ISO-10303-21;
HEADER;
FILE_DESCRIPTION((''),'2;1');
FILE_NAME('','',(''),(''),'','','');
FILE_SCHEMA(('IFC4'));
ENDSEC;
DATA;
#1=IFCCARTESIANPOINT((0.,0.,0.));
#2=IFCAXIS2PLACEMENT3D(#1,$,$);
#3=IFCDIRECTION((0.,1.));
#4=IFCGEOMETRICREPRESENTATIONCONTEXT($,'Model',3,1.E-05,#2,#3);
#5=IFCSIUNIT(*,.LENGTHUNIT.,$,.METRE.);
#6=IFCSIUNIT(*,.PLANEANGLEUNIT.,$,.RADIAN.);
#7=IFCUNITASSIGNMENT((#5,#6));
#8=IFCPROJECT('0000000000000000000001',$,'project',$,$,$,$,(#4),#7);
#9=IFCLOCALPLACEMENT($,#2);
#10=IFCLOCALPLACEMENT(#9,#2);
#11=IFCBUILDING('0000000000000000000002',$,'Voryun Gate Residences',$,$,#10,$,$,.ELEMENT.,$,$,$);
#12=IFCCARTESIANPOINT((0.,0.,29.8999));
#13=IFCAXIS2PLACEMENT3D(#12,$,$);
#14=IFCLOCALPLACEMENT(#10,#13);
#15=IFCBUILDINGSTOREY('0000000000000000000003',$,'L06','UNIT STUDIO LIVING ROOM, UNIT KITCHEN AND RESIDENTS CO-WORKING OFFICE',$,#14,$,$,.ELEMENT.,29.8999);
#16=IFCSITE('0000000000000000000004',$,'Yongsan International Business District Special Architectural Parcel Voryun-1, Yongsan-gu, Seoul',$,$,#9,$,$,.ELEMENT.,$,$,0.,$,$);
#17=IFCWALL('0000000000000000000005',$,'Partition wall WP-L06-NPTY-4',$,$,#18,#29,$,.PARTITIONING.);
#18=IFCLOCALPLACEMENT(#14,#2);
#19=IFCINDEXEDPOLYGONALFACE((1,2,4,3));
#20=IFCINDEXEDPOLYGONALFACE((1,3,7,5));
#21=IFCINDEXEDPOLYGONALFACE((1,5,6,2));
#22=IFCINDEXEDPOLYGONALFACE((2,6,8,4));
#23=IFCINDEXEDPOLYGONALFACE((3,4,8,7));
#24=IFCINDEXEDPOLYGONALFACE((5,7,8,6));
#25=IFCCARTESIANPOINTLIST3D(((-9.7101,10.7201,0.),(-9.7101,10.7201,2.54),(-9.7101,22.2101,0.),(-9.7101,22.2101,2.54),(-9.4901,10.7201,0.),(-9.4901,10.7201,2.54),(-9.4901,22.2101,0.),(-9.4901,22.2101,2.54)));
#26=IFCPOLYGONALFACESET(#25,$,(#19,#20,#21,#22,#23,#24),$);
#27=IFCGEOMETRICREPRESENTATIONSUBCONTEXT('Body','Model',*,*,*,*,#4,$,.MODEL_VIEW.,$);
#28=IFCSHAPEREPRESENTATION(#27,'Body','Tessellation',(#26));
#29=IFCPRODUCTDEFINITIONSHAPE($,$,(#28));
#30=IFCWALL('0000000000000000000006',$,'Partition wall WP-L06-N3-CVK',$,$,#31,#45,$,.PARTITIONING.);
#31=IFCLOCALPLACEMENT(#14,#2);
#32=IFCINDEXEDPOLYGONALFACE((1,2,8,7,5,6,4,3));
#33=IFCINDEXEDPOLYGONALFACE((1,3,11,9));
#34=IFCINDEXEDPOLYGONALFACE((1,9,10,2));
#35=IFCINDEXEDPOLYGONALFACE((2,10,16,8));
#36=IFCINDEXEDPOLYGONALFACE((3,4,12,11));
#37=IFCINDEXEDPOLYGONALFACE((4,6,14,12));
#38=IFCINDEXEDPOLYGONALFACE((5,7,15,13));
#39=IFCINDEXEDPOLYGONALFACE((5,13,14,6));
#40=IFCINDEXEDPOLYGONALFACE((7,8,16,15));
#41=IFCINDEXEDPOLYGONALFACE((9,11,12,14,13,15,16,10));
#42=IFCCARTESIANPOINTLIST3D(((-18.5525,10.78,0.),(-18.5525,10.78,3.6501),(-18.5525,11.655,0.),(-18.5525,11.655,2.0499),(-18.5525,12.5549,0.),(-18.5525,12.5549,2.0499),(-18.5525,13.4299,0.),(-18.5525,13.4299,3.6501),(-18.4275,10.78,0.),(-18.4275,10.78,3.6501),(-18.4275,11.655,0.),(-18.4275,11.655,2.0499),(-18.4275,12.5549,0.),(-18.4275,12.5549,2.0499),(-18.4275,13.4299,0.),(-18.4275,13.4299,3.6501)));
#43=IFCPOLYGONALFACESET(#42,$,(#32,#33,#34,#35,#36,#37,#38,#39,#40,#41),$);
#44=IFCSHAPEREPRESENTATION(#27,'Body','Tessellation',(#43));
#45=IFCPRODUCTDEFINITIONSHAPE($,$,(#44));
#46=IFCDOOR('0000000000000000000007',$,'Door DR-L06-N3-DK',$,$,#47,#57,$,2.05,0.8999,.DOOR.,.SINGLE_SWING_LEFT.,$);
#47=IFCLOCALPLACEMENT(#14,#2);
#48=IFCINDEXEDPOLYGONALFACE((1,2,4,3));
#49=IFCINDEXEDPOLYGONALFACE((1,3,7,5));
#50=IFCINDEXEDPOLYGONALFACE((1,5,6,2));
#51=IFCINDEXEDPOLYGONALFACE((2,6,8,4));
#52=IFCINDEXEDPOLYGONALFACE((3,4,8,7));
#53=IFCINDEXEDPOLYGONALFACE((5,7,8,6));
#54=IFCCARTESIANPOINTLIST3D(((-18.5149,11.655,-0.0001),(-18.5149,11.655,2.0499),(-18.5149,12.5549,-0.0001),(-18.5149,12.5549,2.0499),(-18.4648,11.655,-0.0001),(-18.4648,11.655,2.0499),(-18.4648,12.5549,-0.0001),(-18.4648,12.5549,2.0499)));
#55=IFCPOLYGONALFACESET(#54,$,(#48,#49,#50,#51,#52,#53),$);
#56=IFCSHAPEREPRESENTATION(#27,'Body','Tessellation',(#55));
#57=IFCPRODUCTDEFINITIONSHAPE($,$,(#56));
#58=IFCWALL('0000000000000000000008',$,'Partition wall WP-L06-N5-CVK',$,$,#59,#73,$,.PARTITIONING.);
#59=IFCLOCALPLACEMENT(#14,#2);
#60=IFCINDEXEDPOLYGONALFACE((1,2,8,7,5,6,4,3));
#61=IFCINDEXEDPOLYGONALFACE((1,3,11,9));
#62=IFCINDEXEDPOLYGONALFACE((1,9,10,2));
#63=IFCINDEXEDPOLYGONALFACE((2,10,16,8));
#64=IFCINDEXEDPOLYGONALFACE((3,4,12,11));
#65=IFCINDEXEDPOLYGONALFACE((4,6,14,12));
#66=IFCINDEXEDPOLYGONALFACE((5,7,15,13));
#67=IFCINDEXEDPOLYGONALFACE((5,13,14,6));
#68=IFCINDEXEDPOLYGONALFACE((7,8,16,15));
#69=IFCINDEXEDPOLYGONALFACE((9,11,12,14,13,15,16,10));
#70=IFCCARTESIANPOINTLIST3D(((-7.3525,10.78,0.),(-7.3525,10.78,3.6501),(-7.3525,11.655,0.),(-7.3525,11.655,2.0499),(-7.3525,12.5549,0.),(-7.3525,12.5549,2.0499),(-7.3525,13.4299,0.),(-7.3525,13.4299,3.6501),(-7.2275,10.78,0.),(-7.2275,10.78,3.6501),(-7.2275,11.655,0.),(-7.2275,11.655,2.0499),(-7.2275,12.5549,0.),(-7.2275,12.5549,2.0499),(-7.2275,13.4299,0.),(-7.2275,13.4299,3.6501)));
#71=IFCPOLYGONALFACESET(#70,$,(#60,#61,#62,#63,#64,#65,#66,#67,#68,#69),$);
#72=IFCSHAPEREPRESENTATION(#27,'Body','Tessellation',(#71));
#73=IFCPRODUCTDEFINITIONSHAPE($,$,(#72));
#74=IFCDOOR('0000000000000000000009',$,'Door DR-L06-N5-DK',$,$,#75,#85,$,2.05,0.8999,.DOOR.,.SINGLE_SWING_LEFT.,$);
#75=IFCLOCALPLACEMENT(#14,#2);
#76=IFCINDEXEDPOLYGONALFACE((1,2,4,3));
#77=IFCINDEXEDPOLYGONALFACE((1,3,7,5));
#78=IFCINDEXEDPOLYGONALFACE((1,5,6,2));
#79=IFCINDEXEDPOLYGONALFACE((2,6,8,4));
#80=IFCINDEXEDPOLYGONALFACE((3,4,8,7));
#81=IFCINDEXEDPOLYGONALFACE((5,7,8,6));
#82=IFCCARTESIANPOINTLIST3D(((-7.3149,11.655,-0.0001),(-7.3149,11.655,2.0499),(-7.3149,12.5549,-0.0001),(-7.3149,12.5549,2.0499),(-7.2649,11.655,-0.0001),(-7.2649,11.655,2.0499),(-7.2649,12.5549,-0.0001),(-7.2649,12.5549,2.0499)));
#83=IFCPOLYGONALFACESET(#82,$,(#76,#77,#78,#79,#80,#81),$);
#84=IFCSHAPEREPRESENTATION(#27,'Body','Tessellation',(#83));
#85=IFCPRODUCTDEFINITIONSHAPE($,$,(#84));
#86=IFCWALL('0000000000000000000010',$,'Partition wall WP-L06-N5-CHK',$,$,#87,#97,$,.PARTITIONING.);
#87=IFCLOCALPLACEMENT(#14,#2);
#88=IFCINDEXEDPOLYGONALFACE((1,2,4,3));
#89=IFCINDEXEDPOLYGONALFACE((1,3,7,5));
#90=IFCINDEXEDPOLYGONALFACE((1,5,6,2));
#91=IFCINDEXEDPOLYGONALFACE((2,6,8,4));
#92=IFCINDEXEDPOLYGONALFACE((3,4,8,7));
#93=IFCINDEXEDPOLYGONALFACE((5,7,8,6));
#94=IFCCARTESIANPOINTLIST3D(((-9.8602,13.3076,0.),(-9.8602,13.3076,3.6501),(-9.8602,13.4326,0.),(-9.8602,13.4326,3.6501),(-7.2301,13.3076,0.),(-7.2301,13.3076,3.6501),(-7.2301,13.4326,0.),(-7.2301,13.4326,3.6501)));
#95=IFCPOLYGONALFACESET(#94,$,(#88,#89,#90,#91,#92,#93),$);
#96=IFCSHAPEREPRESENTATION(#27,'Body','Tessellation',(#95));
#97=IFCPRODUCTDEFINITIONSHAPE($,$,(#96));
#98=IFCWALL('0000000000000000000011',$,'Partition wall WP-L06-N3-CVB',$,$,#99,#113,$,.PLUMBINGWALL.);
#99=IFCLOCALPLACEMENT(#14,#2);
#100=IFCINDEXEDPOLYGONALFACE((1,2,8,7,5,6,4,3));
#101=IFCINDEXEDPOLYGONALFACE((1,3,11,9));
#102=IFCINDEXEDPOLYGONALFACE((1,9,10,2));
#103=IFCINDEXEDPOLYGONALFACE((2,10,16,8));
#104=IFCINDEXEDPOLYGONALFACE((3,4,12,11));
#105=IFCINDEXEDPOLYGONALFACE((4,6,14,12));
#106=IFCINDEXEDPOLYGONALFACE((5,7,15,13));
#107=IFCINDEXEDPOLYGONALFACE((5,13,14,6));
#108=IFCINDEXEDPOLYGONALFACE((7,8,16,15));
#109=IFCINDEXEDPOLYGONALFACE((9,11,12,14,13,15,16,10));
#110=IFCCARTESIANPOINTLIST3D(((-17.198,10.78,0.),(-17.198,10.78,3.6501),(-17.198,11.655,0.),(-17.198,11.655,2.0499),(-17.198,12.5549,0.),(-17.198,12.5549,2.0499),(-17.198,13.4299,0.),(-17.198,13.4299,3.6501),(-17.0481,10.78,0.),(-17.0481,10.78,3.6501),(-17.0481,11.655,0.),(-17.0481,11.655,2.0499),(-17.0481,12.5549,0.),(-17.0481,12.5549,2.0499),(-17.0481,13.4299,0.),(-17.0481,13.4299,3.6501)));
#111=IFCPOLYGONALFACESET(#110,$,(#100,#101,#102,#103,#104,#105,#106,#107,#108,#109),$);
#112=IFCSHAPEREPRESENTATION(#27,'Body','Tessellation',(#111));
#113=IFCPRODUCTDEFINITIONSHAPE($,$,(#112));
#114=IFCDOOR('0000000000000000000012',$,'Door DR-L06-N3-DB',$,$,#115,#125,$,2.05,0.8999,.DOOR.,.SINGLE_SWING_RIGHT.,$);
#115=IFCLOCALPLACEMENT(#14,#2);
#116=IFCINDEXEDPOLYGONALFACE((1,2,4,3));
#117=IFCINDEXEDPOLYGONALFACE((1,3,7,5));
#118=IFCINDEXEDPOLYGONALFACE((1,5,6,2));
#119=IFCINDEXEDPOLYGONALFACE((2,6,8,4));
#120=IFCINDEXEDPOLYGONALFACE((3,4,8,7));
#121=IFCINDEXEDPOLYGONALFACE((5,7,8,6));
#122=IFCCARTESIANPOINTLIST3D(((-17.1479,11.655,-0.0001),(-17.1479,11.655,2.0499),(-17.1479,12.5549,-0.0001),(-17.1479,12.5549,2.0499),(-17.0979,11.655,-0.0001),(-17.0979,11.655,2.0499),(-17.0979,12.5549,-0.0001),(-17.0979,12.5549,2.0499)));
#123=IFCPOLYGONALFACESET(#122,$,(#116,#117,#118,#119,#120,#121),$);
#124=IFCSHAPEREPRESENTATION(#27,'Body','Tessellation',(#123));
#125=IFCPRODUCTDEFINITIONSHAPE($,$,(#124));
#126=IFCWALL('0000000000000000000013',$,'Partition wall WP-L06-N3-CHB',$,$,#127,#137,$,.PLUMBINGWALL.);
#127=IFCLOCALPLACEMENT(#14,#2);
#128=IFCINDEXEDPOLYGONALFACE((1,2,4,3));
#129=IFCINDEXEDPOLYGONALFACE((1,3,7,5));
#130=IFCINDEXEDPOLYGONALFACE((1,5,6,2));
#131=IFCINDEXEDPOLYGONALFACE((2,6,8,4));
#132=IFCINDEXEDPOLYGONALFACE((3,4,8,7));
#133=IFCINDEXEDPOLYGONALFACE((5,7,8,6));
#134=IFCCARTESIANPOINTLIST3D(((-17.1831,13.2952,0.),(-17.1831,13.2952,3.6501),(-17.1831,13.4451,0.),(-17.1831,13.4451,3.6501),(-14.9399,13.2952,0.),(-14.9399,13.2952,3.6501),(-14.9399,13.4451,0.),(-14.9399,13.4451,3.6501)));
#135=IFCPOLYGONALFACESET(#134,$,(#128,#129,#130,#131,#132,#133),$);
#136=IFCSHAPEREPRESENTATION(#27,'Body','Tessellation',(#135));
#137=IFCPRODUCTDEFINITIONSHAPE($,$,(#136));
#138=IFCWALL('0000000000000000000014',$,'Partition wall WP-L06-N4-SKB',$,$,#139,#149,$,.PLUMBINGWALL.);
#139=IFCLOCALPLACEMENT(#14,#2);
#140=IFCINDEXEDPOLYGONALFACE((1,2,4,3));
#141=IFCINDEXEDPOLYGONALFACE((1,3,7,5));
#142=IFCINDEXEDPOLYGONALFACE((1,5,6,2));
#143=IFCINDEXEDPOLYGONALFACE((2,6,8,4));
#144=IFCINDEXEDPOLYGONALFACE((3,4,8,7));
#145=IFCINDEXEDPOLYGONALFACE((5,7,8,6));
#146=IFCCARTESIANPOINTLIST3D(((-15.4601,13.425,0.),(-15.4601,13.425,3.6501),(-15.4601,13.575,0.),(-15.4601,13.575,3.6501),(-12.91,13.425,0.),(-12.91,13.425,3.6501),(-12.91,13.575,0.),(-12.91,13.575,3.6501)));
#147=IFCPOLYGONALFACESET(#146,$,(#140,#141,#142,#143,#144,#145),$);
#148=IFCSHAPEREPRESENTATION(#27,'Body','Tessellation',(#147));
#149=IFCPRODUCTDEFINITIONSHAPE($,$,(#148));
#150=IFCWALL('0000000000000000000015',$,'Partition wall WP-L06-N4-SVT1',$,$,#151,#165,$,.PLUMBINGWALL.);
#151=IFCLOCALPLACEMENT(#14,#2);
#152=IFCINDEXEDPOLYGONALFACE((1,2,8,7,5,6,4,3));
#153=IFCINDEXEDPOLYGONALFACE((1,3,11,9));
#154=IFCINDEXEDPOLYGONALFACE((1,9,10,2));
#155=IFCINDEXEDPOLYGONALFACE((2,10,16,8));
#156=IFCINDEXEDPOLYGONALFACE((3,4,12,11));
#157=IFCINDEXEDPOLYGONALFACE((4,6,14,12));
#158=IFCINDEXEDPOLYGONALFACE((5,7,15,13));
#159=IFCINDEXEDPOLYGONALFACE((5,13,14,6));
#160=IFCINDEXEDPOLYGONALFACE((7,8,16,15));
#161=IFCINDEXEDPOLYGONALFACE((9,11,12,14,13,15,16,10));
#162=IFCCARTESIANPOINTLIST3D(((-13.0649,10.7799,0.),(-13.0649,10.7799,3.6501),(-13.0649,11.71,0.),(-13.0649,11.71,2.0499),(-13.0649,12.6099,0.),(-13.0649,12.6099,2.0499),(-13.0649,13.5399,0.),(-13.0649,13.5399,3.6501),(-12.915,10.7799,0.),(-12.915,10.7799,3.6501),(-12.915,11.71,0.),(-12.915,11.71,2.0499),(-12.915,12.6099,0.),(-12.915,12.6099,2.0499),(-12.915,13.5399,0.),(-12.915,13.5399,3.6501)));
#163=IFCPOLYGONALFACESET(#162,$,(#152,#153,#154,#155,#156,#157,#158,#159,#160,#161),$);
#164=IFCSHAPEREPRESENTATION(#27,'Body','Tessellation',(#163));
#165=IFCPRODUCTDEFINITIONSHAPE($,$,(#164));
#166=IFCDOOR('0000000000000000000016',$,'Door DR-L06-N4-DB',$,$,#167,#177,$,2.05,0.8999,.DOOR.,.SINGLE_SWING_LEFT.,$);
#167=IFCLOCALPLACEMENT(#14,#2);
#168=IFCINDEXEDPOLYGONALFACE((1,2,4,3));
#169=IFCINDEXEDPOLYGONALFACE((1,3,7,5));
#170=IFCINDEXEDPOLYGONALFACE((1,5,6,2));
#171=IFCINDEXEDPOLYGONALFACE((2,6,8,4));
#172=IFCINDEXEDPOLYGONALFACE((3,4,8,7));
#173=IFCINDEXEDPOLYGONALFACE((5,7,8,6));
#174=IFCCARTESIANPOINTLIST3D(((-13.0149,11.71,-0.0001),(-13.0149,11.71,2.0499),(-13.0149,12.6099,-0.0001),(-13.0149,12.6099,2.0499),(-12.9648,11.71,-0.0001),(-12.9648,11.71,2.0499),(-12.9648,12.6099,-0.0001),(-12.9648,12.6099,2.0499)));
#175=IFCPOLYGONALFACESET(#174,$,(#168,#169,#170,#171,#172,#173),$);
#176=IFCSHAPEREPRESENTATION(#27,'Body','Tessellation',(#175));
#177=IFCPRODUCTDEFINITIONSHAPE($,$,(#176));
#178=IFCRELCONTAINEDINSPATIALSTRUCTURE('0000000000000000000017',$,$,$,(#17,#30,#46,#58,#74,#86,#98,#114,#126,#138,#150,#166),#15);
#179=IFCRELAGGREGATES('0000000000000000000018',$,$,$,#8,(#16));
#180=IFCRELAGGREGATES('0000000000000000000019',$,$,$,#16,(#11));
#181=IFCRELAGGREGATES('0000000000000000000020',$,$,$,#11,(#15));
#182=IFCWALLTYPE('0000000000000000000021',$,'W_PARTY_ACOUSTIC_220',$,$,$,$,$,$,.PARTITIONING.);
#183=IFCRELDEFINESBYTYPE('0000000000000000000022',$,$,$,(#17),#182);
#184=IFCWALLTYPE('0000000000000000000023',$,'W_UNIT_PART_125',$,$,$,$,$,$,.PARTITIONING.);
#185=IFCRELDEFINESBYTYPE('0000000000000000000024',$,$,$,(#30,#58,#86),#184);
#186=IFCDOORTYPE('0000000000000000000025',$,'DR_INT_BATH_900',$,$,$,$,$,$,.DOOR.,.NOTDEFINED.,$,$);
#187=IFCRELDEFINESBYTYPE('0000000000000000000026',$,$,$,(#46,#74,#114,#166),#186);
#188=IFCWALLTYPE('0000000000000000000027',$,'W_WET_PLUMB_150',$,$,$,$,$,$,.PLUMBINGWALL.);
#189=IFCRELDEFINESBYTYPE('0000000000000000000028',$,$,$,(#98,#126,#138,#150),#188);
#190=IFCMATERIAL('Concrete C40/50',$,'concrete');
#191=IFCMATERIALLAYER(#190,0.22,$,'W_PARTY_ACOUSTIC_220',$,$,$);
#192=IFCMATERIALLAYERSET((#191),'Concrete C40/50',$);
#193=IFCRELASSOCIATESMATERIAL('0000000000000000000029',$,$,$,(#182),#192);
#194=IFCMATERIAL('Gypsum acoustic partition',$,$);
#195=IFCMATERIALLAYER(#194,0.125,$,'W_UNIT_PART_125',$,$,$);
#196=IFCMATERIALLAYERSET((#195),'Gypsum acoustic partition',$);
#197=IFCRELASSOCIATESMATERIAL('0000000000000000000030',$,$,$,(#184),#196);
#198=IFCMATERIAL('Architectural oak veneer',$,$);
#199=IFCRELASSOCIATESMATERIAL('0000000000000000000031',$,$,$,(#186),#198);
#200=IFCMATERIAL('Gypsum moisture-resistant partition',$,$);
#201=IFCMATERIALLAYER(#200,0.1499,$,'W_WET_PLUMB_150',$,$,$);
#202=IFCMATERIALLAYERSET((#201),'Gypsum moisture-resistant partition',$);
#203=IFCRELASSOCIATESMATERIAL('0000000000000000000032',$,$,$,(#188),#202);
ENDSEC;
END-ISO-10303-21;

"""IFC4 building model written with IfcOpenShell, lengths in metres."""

from ifc_helpers import new_model, si_unit, direction, frame, frame_2d, origin, place, context, subcontext, project, spatial, rectangle, extrude, material, layer, layer_set, type_object, element, fill, save


model = new_model("IFC4")

# Units and contexts
model_context = context("Model", 3, precision=1e-05, world=origin(), true_north=direction((0.0, 1.0)))
body_context = subcontext(model_context, "Body", "Model", "MODEL_VIEW")
ifc_project = project(units=[si_unit("LENGTHUNIT", "METRE"), si_unit("PLANEANGLEUNIT", "RADIAN")], contexts=[model_context])

# Site, building, storey
site_placement = place(None, origin())
site = spatial("IfcSite", under=ifc_project, at=site_placement, Name="Yongsan International Business District Special Architectural Parcel Voryun-1, Yongsan-gu, Seoul", CompositionType="ELEMENT", RefElevation=0.0)
building_placement = place(site_placement, origin())
building = spatial("IfcBuilding", under=site, at=building_placement, Name="Voryun Gate Residences", CompositionType="ELEMENT")
storey_placement = place(building_placement, frame((0.0, 0.0, 29.8999)))
storey = spatial("IfcBuildingStorey", under=building, at=storey_placement, Name="L06", Description="UNIT STUDIO LIVING ROOM, UNIT KITCHEN AND RESIDENTS CO-WORKING OFFICE", CompositionType="ELEMENT", Elevation=29.8999)

# Wall
ifc_material_1 = material(Name="Concrete C40/50", Category="concrete")
ifc_layer_1 = layer(ifc_material_1, 0.22, Name="W_PARTY_ACOUSTIC_220")
ifc_layer_set_1 = layer_set([ifc_layer_1], Name="Concrete C40/50")
wall_type_1 = type_object("IfcWallType", Name="W_PARTY_ACOUSTIC_220", PredefinedType="PARTITIONING", material=ifc_layer_set_1)
wall_1_placement = place(storey_placement, frame((-9.6001, 10.72, 0.0), z_axis=(0.0, 0.0, 1.0), x_axis=(0.0, 1.0, 0.0)))
element("IfcWall", 1, at=wall_1_placement, inside=storey, type_object=wall_type_1, Name="Partition wall WP-L06-NPTY-4", PredefinedType="PARTITIONING", context=body_context, shape_type="SweptSolid", body=[
    extrude(rectangle(XDim=11.49, YDim=0.22, at=frame_2d((5.7451, 0.0))), origin(), (0.0, 0.0, 1.0), 2.54),
])

# Walls, openings, doors
ifc_material_2 = material(Name="Gypsum acoustic partition")
ifc_layer_2 = layer(ifc_material_2, 0.125, Name="W_UNIT_PART_125")
ifc_layer_set_2 = layer_set([ifc_layer_2], Name="Gypsum acoustic partition")
wall_type_2 = type_object("IfcWallType", Name="W_UNIT_PART_125", PredefinedType="PARTITIONING", material=ifc_layer_set_2)
wall_2_placement = place(storey_placement, frame((-18.49, 10.78, 0.0), z_axis=(0.0, 0.0, 1.0), x_axis=(0.0, 1.0, 0.0)))
wall_2 = element("IfcWall", 2, at=wall_2_placement, inside=storey, type_object=wall_type_2, Name="Partition wall WP-L06-N3-CVK", PredefinedType="PARTITIONING", context=body_context, shape_type="SweptSolid", body=[
    extrude(rectangle(XDim=2.6499, YDim=0.125, at=frame_2d((1.325, 0.0))), origin(), (0.0, 0.0, 1.0), 3.6501),
])
opening_1_placement = place(wall_2_placement, frame((0.875, 0.0, 0.0)))
opening_1 = element("IfcOpeningElement", 3, at=opening_1_placement, cuts=wall_2, PredefinedType="OPENING", context=body_context, shape_type="SweptSolid", body=[
    extrude(rectangle(XDim=0.8999, YDim=2.05, at=frame_2d((0.45, 1.0249))), frame((0.0, 0.0725, 0.0), z_axis=(0.0, -1.0, 0.0), x_axis=(1.0, 0.0, 0.0)), (0.0, 0.0, 1.0), 0.145),
])
ifc_material_3 = material(Name="Architectural oak veneer")
door_type_1 = type_object("IfcDoorType", Name="DR_INT_BATH_900", OperationType="NOTDEFINED", PredefinedType="DOOR", material=ifc_material_3)
door_1_placement = place(opening_1_placement, origin())
door_1 = element("IfcDoor", 4, at=door_1_placement, inside=storey, type_object=door_type_1, Name="Door DR-L06-N3-DK", OperationType="SINGLE_SWING_LEFT", OverallHeight=2.05, OverallWidth=0.8999, PredefinedType="DOOR", context=body_context, shape_type="SweptSolid", body=[
    extrude(rectangle(XDim=0.8999, YDim=2.05, at=frame_2d((0.45, 1.0249))), frame((0.0, 0.0249, 0.0), z_axis=(0.0, -1.0, 0.0), x_axis=(1.0, 0.0, 0.0)), (0.0, 0.0, 1.0), 0.05),
])
fill(opening_1, door_1)
wall_3_placement = place(storey_placement, frame((-7.29, 10.78, 0.0), z_axis=(0.0, 0.0, 1.0), x_axis=(0.0, 1.0, 0.0)))
wall_3 = element("IfcWall", 5, at=wall_3_placement, inside=storey, type_object=wall_type_2, Name="Partition wall WP-L06-N5-CVK", PredefinedType="PARTITIONING", context=body_context, shape_type="SweptSolid", body=[
    extrude(rectangle(XDim=2.6499, YDim=0.125, at=frame_2d((1.325, 0.0))), origin(), (0.0, 0.0, 1.0), 3.6501),
])
opening_2_placement = place(wall_3_placement, frame((0.875, 0.0, 0.0)))
opening_2 = element("IfcOpeningElement", 6, at=opening_2_placement, cuts=wall_3, PredefinedType="OPENING", context=body_context, shape_type="SweptSolid", body=[
    extrude(rectangle(XDim=0.8999, YDim=2.05, at=frame_2d((0.45, 1.0249))), frame((0.0, 0.0725, 0.0), z_axis=(0.0, -1.0, 0.0), x_axis=(1.0, 0.0, 0.0)), (0.0, 0.0, 1.0), 0.145),
])
door_2_placement = place(opening_2_placement, origin())
door_2 = element("IfcDoor", 7, at=door_2_placement, inside=storey, type_object=door_type_1, Name="Door DR-L06-N5-DK", OperationType="SINGLE_SWING_LEFT", OverallHeight=2.05, OverallWidth=0.8999, PredefinedType="DOOR", context=body_context, shape_type="SweptSolid", body=[
    extrude(rectangle(XDim=0.8999, YDim=2.05, at=frame_2d((0.45, 1.0249))), frame((0.0, 0.0249, 0.0), z_axis=(0.0, -1.0, 0.0), x_axis=(1.0, 0.0, 0.0)), (0.0, 0.0, 1.0), 0.05),
])
fill(opening_2, door_2)

# Wall
wall_4_placement = place(storey_placement, frame((-9.8601, 13.3701, 0.0), z_axis=(0.0, 0.0, 1.0), x_axis=(1.0, 0.0, 0.0)))
element("IfcWall", 8, at=wall_4_placement, inside=storey, type_object=wall_type_2, Name="Partition wall WP-L06-N5-CHK", PredefinedType="PARTITIONING", context=body_context, shape_type="SweptSolid", body=[
    extrude(rectangle(XDim=2.6301, YDim=0.125, at=frame_2d((1.3149, 0.0))), origin(), (0.0, 0.0, 1.0), 3.6501),
])

# Wall, opening, door
ifc_material_4 = material(Name="Gypsum moisture-resistant partition")
ifc_layer_3 = layer(ifc_material_4, 0.1499, Name="W_WET_PLUMB_150")
ifc_layer_set_3 = layer_set([ifc_layer_3], Name="Gypsum moisture-resistant partition")
wall_type_3 = type_object("IfcWallType", Name="W_WET_PLUMB_150", PredefinedType="PLUMBINGWALL", material=ifc_layer_set_3)
wall_5_placement = place(storey_placement, frame((-17.123, 10.78, 0.0), z_axis=(0.0, 0.0, 1.0), x_axis=(0.0, 1.0, 0.0)))
wall_5 = element("IfcWall", 9, at=wall_5_placement, inside=storey, type_object=wall_type_3, Name="Partition wall WP-L06-N3-CVB", PredefinedType="PLUMBINGWALL", context=body_context, shape_type="SweptSolid", body=[
    extrude(rectangle(XDim=2.6499, YDim=0.1499, at=frame_2d((1.325, 0.0))), origin(), (0.0, 0.0, 1.0), 3.6501),
])
opening_3_placement = place(wall_5_placement, frame((0.875, 0.0, 0.0)))
opening_3 = element("IfcOpeningElement", 10, at=opening_3_placement, cuts=wall_5, PredefinedType="OPENING", context=body_context, shape_type="SweptSolid", body=[
    extrude(rectangle(XDim=0.8999, YDim=2.05, at=frame_2d((0.45, 1.0249))), frame((0.0, 0.085, 0.0), z_axis=(0.0, -1.0, 0.0), x_axis=(1.0, 0.0, 0.0)), (0.0, 0.0, 1.0), 0.1699),
])
door_3_placement = place(opening_3_placement, origin())
door_3 = element("IfcDoor", 11, at=door_3_placement, inside=storey, type_object=door_type_1, Name="Door DR-L06-N3-DB", OperationType="SINGLE_SWING_RIGHT", OverallHeight=2.05, OverallWidth=0.8999, PredefinedType="DOOR", context=body_context, shape_type="SweptSolid", body=[
    extrude(rectangle(XDim=0.8999, YDim=2.05, at=frame_2d((0.45, 1.0249))), frame((0.0, 0.0249, 0.0), z_axis=(0.0, -1.0, 0.0), x_axis=(1.0, 0.0, 0.0)), (0.0, 0.0, 1.0), 0.05),
])
fill(opening_3, door_3)

# Walls
wall_6_placement = place(storey_placement, frame((-17.1831, 13.3701, 0.0), z_axis=(0.0, 0.0, 1.0), x_axis=(1.0, 0.0, 0.0)))
element("IfcWall", 12, at=wall_6_placement, inside=storey, type_object=wall_type_3, Name="Partition wall WP-L06-N3-CHB", PredefinedType="PLUMBINGWALL", context=body_context, shape_type="SweptSolid", body=[
    extrude(rectangle(XDim=2.2432, YDim=0.1499, at=frame_2d((1.1216, 0.0))), origin(), (0.0, 0.0, 1.0), 3.6501),
])
wall_7_placement = place(storey_placement, frame((-15.46, 13.5, 0.0), z_axis=(0.0, 0.0, 1.0), x_axis=(1.0, 0.0, 0.0)))
element("IfcWall", 13, at=wall_7_placement, inside=storey, type_object=wall_type_3, Name="Partition wall WP-L06-N4-SKB", PredefinedType="PLUMBINGWALL", context=body_context, shape_type="SweptSolid", body=[
    extrude(rectangle(XDim=2.55, YDim=0.1499, at=frame_2d((1.2749, 0.0))), origin(), (0.0, 0.0, 1.0), 3.6501),
])

# Wall, opening, door
wall_8_placement = place(storey_placement, frame((-12.99, 10.78, 0.0), z_axis=(0.0, 0.0, 1.0), x_axis=(0.0, 1.0, 0.0)))
wall_8 = element("IfcWall", 14, at=wall_8_placement, inside=storey, type_object=wall_type_3, Name="Partition wall WP-L06-N4-SVT1", PredefinedType="PLUMBINGWALL", context=body_context, shape_type="SweptSolid", body=[
    extrude(rectangle(XDim=2.76, YDim=0.1499, at=frame_2d((1.3799, 0.0))), origin(), (0.0, 0.0, 1.0), 3.6501),
])
opening_4_placement = place(wall_8_placement, frame((0.9299, 0.0, 0.0)))
opening_4 = element("IfcOpeningElement", 15, at=opening_4_placement, cuts=wall_8, PredefinedType="OPENING", context=body_context, shape_type="SweptSolid", body=[
    extrude(rectangle(XDim=0.8999, YDim=2.05, at=frame_2d((0.45, 1.0249))), frame((0.0, 0.085, 0.0), z_axis=(0.0, -1.0, 0.0), x_axis=(1.0, 0.0, 0.0)), (0.0, 0.0, 1.0), 0.1699),
])
door_4_placement = place(opening_4_placement, origin())
door_4 = element("IfcDoor", 16, at=door_4_placement, inside=storey, type_object=door_type_1, Name="Door DR-L06-N4-DB", OperationType="SINGLE_SWING_LEFT", OverallHeight=2.05, OverallWidth=0.8999, PredefinedType="DOOR", context=body_context, shape_type="SweptSolid", body=[
    extrude(rectangle(XDim=0.8999, YDim=2.05, at=frame_2d((0.45, 1.0249))), frame((0.0, 0.0249, 0.0), z_axis=(0.0, -1.0, 0.0), x_axis=(1.0, 0.0, 0.0)), (0.0, 0.0, 1.0), 0.05),
])
fill(opening_4, door_4)

save(model, "model.ifc")
